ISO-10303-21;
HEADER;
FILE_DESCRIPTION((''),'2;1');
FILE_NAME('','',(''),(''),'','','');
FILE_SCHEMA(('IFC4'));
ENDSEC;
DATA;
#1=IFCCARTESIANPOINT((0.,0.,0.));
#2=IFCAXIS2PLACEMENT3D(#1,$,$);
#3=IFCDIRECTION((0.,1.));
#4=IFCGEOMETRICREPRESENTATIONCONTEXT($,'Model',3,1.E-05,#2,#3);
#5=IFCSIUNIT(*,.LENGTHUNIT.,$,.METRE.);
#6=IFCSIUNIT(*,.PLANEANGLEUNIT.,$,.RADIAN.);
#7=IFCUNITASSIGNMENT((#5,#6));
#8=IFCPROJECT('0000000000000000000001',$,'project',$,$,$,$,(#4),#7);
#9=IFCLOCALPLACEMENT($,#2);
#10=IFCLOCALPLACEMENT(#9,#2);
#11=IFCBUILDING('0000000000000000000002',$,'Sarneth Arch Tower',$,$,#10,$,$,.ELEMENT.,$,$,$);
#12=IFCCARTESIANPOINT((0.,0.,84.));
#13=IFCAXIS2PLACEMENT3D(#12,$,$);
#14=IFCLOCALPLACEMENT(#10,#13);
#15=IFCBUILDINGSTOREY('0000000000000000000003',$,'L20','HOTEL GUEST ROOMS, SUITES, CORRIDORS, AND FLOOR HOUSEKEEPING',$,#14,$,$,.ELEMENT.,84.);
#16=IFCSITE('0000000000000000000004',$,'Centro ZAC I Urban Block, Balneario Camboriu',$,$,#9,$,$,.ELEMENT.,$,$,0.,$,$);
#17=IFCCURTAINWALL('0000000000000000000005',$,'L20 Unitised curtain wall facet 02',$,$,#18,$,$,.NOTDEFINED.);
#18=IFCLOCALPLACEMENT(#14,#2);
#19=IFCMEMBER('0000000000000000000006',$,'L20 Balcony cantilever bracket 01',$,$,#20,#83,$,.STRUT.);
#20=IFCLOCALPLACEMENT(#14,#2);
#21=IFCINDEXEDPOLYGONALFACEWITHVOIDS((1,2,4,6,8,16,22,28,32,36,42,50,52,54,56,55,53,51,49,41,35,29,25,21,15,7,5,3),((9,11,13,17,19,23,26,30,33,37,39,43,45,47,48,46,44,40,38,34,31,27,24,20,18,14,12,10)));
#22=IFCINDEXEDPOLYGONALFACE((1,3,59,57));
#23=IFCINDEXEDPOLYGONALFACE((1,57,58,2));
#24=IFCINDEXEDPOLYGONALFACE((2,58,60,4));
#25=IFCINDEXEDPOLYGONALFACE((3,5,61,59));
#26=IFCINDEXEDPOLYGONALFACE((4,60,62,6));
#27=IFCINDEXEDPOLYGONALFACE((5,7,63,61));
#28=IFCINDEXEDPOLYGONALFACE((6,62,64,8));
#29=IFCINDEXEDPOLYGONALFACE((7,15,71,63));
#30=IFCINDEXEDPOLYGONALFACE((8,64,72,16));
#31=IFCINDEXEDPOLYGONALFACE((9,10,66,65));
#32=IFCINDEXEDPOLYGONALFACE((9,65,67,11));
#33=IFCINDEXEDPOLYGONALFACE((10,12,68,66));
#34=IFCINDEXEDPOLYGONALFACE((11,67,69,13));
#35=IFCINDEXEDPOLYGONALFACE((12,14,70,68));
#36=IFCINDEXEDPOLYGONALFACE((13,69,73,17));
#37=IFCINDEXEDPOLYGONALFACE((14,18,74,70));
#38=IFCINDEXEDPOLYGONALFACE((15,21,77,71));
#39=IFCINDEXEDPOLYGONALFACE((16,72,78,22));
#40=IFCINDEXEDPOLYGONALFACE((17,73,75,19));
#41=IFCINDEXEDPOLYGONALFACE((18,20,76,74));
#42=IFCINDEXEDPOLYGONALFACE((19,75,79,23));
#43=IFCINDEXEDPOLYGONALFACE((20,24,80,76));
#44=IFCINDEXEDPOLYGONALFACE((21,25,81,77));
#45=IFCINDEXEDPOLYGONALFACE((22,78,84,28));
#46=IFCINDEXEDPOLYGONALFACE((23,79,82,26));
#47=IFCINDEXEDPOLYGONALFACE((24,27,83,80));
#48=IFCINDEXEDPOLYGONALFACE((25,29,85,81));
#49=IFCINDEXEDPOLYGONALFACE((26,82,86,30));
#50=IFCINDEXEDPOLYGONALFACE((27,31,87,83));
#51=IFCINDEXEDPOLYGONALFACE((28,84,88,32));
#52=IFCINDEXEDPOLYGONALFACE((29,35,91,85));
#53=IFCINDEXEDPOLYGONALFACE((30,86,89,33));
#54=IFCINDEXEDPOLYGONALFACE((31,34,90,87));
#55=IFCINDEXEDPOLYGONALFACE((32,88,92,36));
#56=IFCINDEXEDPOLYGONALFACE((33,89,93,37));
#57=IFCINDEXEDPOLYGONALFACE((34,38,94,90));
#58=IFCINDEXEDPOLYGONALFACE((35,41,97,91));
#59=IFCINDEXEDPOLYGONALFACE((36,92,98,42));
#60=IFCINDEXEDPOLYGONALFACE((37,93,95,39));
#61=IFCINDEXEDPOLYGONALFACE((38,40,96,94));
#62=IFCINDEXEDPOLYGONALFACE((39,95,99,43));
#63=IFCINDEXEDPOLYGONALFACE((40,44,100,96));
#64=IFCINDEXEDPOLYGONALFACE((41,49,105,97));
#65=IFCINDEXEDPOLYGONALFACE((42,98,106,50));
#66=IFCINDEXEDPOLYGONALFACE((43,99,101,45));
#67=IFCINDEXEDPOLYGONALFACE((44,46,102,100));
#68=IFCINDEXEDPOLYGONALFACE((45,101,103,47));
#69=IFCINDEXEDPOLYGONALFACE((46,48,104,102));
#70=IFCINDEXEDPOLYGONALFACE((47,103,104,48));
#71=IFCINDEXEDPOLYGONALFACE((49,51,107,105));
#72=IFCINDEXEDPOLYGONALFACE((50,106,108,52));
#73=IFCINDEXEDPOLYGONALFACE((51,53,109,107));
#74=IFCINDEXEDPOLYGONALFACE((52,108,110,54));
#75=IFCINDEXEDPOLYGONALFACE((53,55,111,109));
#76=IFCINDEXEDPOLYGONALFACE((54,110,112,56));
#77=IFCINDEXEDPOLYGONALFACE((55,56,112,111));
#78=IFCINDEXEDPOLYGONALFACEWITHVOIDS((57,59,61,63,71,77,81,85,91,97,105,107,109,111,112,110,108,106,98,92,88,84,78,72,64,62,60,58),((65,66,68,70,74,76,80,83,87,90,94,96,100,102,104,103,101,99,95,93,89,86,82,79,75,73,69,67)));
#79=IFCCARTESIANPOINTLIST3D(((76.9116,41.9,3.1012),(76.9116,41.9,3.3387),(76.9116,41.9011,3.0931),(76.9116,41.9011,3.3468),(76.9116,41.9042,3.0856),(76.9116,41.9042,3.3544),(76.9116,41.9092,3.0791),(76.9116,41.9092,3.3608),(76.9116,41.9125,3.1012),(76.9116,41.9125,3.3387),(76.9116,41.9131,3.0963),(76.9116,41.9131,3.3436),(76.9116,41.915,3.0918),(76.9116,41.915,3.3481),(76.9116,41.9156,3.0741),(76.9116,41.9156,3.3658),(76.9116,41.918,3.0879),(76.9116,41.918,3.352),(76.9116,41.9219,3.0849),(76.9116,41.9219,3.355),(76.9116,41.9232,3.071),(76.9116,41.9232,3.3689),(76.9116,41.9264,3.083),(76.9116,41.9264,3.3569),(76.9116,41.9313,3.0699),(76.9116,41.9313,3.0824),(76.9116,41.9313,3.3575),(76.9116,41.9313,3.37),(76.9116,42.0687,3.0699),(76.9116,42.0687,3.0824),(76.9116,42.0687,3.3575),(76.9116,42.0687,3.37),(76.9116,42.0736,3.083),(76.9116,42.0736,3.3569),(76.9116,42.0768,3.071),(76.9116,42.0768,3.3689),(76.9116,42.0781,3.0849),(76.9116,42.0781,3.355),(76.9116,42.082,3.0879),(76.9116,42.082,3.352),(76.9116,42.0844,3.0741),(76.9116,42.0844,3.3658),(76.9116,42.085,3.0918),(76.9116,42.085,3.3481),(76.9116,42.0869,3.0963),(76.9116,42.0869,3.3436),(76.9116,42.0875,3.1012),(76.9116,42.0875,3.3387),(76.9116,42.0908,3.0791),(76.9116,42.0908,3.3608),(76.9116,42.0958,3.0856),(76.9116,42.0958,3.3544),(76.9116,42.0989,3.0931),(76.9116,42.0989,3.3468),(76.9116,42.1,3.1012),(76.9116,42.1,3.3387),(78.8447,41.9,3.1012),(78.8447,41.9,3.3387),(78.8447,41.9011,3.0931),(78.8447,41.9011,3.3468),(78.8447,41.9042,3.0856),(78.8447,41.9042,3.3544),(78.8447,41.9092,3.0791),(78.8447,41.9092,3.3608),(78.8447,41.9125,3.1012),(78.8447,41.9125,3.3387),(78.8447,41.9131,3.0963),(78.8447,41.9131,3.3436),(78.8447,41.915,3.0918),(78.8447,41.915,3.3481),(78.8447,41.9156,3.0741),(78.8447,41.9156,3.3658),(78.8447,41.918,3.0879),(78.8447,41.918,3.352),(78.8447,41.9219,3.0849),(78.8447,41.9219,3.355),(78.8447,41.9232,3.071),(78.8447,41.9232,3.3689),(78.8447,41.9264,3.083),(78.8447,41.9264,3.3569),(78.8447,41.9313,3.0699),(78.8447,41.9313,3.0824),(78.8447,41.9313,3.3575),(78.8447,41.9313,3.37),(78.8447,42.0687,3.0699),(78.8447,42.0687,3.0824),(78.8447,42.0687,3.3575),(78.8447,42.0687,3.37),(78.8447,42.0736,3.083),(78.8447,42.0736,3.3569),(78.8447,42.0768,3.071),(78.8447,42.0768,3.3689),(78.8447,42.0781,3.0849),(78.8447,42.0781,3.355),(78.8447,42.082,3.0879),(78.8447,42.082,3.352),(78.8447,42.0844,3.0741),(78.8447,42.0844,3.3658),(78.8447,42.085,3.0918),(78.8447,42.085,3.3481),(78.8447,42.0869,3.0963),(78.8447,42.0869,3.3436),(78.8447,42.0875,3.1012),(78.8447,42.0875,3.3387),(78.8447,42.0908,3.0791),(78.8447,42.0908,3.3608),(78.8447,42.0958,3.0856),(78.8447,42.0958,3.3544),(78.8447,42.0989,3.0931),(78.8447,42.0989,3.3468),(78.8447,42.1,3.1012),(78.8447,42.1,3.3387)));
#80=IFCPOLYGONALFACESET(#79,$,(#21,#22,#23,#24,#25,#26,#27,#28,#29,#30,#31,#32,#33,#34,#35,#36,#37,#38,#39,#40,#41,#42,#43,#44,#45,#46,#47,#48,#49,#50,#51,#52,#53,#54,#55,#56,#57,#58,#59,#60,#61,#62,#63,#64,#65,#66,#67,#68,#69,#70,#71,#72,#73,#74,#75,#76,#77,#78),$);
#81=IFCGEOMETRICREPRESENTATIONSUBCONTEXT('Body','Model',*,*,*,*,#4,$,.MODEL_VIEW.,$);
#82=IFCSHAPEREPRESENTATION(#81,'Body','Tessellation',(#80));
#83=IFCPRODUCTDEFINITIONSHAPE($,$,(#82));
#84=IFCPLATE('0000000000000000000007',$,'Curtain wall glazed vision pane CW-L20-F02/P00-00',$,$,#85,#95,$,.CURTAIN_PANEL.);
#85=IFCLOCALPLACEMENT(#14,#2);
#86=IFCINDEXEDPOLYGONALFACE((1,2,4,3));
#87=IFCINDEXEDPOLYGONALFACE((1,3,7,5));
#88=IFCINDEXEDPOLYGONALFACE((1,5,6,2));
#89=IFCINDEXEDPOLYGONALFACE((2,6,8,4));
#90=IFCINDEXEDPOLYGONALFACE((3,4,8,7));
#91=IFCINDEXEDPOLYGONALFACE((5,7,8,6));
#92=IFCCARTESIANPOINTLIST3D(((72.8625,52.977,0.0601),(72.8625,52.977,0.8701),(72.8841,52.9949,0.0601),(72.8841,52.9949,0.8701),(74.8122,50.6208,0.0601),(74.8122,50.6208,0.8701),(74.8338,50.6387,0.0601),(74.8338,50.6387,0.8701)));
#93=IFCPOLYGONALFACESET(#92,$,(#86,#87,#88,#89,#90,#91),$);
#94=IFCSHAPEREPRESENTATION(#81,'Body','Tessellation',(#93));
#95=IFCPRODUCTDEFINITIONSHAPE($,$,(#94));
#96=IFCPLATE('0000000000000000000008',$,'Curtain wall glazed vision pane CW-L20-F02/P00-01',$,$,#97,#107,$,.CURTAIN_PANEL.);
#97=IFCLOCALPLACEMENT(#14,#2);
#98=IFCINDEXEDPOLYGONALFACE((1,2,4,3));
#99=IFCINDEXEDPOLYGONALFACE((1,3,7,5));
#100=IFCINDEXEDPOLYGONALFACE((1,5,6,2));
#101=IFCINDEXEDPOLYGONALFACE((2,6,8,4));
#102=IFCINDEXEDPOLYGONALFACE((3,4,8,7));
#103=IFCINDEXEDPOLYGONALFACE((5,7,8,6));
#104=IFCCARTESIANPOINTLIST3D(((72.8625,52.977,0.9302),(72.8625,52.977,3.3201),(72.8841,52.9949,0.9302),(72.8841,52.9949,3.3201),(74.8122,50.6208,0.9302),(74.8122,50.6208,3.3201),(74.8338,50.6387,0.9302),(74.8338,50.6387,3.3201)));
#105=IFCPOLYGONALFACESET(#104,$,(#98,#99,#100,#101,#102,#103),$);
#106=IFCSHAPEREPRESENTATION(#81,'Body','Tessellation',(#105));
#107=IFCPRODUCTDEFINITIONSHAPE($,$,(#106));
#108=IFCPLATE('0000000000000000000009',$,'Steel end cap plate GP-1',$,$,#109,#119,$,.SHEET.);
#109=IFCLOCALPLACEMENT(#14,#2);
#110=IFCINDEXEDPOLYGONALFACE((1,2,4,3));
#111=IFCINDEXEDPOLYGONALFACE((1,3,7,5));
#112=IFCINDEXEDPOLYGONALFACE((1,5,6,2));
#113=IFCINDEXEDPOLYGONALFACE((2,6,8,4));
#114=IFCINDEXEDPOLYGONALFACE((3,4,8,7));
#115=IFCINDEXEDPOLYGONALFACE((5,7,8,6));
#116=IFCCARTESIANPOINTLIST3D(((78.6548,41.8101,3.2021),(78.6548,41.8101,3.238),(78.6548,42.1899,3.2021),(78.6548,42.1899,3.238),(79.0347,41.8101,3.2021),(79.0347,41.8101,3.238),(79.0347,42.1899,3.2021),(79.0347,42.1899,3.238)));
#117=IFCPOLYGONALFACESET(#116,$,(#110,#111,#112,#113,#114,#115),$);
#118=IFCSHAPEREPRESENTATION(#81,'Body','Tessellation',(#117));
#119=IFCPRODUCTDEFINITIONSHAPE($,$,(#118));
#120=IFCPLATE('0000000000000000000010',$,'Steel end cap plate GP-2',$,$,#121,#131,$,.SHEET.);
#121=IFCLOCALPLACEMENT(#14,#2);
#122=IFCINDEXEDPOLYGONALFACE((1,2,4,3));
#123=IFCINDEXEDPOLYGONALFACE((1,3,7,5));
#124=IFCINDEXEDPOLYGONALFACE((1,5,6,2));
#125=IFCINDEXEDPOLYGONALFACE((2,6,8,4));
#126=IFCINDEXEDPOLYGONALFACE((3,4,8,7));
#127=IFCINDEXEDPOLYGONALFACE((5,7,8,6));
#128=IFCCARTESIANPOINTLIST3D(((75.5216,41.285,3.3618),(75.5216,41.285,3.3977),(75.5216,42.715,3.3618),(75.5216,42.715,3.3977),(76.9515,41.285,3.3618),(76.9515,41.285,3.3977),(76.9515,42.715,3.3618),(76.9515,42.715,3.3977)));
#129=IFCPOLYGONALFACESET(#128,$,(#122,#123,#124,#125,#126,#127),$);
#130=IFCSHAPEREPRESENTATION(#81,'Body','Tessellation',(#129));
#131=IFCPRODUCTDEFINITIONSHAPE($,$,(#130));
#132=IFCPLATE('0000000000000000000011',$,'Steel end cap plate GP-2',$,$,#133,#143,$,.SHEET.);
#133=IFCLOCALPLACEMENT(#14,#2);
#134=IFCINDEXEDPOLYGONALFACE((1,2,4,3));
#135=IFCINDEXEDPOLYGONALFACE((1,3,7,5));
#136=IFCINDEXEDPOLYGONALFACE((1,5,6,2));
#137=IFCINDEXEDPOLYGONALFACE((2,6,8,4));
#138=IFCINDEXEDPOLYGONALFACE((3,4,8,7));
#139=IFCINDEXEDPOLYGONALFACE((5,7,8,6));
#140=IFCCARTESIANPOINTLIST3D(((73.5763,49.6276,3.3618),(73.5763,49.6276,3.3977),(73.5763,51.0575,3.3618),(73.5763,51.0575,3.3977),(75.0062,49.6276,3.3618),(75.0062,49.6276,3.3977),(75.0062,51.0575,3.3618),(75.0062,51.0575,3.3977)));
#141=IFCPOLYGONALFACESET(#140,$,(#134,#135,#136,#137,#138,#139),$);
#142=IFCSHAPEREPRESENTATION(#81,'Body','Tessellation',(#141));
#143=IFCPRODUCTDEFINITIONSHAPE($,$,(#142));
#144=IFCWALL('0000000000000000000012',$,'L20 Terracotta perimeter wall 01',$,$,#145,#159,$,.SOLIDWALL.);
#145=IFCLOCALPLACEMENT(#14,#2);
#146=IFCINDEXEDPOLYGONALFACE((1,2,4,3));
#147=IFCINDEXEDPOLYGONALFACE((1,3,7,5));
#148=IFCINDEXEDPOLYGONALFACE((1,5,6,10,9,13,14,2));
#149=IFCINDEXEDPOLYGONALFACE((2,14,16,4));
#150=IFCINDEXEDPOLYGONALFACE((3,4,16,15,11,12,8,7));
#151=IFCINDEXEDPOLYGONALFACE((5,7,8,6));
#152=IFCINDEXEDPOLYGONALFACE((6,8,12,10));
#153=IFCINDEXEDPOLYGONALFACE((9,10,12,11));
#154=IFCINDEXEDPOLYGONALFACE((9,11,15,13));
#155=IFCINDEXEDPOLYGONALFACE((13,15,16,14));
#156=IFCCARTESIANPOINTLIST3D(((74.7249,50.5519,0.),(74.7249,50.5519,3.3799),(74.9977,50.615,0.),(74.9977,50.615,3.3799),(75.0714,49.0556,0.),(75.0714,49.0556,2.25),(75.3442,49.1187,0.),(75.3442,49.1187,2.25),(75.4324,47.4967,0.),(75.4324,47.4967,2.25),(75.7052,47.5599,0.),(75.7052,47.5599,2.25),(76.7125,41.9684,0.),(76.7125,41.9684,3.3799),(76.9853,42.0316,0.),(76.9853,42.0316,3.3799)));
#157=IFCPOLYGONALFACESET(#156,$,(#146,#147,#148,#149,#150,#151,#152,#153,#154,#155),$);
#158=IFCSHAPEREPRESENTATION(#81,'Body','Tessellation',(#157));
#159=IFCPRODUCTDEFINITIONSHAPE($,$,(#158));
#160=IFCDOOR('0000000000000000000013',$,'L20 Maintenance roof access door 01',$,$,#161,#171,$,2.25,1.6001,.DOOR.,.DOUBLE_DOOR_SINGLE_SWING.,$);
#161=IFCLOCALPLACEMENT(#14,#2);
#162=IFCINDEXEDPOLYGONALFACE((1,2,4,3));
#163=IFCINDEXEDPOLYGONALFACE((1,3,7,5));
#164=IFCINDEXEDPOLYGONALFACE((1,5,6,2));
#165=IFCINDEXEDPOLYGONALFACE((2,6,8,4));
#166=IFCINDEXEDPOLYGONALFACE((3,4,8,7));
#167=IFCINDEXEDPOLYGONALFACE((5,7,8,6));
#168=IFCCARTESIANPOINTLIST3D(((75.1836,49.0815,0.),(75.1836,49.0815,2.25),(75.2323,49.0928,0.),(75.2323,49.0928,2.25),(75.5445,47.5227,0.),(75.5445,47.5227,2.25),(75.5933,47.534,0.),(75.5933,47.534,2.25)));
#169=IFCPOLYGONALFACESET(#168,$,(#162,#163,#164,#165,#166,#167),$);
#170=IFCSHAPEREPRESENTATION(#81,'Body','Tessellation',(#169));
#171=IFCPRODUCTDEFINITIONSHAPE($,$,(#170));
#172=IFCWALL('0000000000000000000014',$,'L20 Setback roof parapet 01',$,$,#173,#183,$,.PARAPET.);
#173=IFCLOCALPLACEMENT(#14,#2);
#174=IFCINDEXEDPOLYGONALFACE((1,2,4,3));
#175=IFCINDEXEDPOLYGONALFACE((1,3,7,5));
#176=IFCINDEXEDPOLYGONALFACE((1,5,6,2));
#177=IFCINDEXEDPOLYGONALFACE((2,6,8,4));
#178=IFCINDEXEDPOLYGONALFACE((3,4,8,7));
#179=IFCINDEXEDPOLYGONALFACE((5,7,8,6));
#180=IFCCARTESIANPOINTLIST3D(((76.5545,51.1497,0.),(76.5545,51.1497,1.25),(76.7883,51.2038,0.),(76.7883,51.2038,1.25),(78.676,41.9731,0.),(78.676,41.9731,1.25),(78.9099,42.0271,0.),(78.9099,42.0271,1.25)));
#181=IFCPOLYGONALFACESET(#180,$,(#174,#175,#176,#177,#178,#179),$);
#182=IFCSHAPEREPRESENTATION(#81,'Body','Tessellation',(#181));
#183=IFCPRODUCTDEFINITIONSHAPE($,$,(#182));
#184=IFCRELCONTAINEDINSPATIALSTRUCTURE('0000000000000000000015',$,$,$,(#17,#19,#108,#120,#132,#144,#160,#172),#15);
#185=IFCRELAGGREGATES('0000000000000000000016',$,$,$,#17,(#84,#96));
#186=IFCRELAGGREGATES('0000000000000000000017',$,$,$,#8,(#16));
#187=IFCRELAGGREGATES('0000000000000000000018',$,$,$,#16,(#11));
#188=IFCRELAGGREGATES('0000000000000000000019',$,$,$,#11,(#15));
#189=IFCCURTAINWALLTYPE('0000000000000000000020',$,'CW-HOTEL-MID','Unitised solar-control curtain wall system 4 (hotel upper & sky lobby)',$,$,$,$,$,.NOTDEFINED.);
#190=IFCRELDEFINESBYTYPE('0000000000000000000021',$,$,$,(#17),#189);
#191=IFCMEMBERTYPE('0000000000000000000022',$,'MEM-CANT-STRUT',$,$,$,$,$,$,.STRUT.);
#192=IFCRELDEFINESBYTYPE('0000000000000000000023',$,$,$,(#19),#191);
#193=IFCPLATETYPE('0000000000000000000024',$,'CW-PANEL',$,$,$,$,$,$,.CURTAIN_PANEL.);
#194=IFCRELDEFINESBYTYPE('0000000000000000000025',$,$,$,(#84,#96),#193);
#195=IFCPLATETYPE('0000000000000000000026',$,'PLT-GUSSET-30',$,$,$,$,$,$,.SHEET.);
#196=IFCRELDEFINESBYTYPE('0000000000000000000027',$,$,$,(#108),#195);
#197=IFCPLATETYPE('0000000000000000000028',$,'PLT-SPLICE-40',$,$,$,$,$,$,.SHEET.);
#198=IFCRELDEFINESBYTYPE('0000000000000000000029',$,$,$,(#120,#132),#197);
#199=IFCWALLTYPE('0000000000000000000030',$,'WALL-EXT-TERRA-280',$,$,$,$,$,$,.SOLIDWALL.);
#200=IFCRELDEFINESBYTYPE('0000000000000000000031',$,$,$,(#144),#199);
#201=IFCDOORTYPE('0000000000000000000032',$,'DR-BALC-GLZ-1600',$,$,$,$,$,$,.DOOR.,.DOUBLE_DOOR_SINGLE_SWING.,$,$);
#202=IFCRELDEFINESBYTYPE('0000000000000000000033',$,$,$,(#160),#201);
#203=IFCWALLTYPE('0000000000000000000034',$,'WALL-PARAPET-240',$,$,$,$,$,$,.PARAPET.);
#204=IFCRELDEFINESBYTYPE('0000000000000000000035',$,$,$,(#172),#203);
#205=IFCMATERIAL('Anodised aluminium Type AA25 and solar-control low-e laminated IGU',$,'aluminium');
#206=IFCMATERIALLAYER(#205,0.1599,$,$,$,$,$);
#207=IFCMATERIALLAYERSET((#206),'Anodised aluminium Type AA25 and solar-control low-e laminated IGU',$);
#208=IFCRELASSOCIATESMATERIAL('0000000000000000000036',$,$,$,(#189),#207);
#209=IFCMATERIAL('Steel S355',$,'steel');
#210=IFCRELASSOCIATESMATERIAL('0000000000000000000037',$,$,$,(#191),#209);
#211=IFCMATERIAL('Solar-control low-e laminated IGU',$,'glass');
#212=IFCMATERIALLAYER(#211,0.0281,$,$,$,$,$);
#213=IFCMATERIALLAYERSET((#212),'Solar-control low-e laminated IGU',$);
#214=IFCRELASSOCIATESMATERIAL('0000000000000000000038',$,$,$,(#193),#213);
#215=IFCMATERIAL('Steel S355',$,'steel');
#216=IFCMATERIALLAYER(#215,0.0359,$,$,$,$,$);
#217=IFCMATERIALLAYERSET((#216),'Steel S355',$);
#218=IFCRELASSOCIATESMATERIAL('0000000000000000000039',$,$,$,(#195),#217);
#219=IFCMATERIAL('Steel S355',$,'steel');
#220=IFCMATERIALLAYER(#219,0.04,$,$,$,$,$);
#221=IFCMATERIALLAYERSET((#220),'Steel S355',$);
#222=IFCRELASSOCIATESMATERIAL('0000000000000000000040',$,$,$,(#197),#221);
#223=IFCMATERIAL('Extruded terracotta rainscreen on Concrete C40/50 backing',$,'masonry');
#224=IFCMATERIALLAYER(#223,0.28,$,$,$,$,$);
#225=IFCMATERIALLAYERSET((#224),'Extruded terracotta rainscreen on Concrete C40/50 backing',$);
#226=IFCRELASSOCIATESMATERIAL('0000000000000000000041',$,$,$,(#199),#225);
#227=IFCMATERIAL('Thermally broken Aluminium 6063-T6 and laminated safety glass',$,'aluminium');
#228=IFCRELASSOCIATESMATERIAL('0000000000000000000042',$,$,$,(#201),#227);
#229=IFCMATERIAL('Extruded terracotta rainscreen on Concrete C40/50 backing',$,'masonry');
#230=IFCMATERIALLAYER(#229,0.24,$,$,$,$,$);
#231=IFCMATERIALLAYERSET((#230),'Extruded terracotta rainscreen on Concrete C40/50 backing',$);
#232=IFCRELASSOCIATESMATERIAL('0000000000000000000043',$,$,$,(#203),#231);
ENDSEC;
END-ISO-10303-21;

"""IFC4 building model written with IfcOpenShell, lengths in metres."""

from ifc_helpers import new_model, si_unit, direction, frame, frame_2d, origin, origin_2d, place, context, subcontext, project, spatial, rectangle, hollow_rectangle, extrude, material, layer, layer_set, material_profile, profile_set, type_object, element, fill, aggregate, save


model = new_model("IFC4")

# Units and contexts
model_context = context("Model", 3, precision=1e-05, world=origin(), true_north=direction((0.0, 1.0)))
body_context = subcontext(model_context, "Body", "Model", "MODEL_VIEW")
ifc_project = project(units=[si_unit("LENGTHUNIT", "METRE"), si_unit("PLANEANGLEUNIT", "RADIAN")], contexts=[model_context])

# Site, building, storey
site_placement = place(None, origin())
site = spatial("IfcSite", under=ifc_project, at=site_placement, Name="Centro ZAC I Urban Block, Balneario Camboriu", CompositionType="ELEMENT", RefElevation=0.0)
building_placement = place(site_placement, origin())
building = spatial("IfcBuilding", under=site, at=building_placement, Name="Sarneth Arch Tower", CompositionType="ELEMENT")
storey_placement = place(building_placement, frame((0.0, 0.0, 84.0)))
storey = spatial("IfcBuildingStorey", under=building, at=storey_placement, Name="L20", Description="HOTEL GUEST ROOMS, SUITES, CORRIDORS, AND FLOOR HOUSEKEEPING", CompositionType="ELEMENT", Elevation=84.0)

# Curtain wall
ifc_material_1 = material(Name="Anodised aluminium Type AA25 and solar-control low-e laminated IGU", Category="aluminium")
ifc_layer_1 = layer(ifc_material_1, 0.1599)
ifc_layer_set_1 = layer_set([ifc_layer_1], Name="Anodised aluminium Type AA25 and solar-control low-e laminated IGU")
curtain_wall_type = type_object("IfcCurtainWallType", Name="CW-HOTEL-MID", Description="Unitised solar-control curtain wall system 4 (hotel upper & sky lobby)", PredefinedType="NOTDEFINED", material=ifc_layer_set_1)
curtain_wall_placement = place(storey_placement, origin())
curtain_wall = element("IfcCurtainWall", 1, at=curtain_wall_placement, inside=storey, type_object=curtain_wall_type, Name="L20 Unitised curtain wall facet 02", PredefinedType="NOTDEFINED")

# Member
ifc_material_2 = material(Name="Steel S355", Category="steel")
ifc_material_profile_1 = material_profile(ifc_material_2, hollow_rectangle(XDim=0.2, YDim=0.3, WallThickness=0.0125, InnerFilletRadius=0.0188, OuterFilletRadius=0.0312, at=origin_2d()), Name="RHS300x200x12.5")
ifc_profile_set_1 = profile_set([ifc_material_profile_1], Name="Steel S355")
member_type_1 = type_object("IfcMemberType", Name="MEM-CANT-STRUT", PredefinedType="STRUT", material=ifc_profile_set_1)
member_1_placement = place(storey_placement, frame((76.9116, 42.0, 3.22), z_axis=(1.0, 0.0, 0.0), x_axis=(0.0, 1.0, 0.0)))
element("IfcMember", 2, at=member_1_placement, inside=storey, type_object=member_type_1, Name="L20 Balcony cantilever bracket 01", PredefinedType="STRUT", context=body_context, shape_type="SweptSolid", body=[
    extrude(hollow_rectangle(XDim=0.2, YDim=0.3, WallThickness=0.0125, InnerFilletRadius=0.0188, OuterFilletRadius=0.0312, at=origin_2d()), origin(), (0.0, 0.0, 1.0), 1.9331),
])

# Plates
ifc_material_3 = material(Name="Solar-control low-e laminated IGU", Category="glass")
ifc_layer_2 = layer(ifc_material_3, 0.0281)
ifc_layer_set_2 = layer_set([ifc_layer_2], Name="Solar-control low-e laminated IGU")
plate_type_1 = type_object("IfcPlateType", Name="CW-PANEL", PredefinedType="CURTAIN_PANEL", material=ifc_layer_set_2)
plate_1_placement = place(storey_placement, frame((73.8481, 51.8079, 0.0601), z_axis=(0.0, 0.0, 1.0), x_axis=(-0.637515, 0.770438, 0.0)))
plate_1 = element("IfcPlate", 3, at=plate_1_placement, type_object=plate_type_1, Name="Curtain wall glazed vision pane CW-L20-F02/P00-00", PredefinedType="CURTAIN_PANEL", context=body_context, shape_type="SweptSolid", body=[
    extrude(rectangle(XDim=3.0583, YDim=0.0281, at=origin_2d()), origin(), (0.0, 0.0, 1.0), 0.8101),
])
plate_2_placement = place(storey_placement, frame((73.8481, 51.8079, 0.9302), z_axis=(0.0, 0.0, 1.0), x_axis=(-0.637515, 0.770438, 0.0)))
plate_2 = element("IfcPlate", 4, at=plate_2_placement, type_object=plate_type_1, Name="Curtain wall glazed vision pane CW-L20-F02/P00-01", PredefinedType="CURTAIN_PANEL", context=body_context, shape_type="SweptSolid", body=[
    extrude(rectangle(XDim=3.0583, YDim=0.0281, at=origin_2d()), origin(), (0.0, 0.0, 1.0), 2.3899),
])
aggregate(curtain_wall, [plate_1, plate_2])

# Plates
ifc_material_4 = material(Name="Steel S355", Category="steel")
ifc_layer_3 = layer(ifc_material_4, 0.0359)
ifc_layer_set_3 = layer_set([ifc_layer_3], Name="Steel S355")
plate_type_2 = type_object("IfcPlateType", Name="PLT-GUSSET-30", PredefinedType="SHEET", material=ifc_layer_set_3)
plate_3_placement = place(storey_placement, frame((78.8447, 42.0, 3.2021), z_axis=(0.0, 0.0, 1.0), x_axis=(1.0, 0.0, 0.0)))
element("IfcPlate", 5, at=plate_3_placement, inside=storey, type_object=plate_type_2, Name="Steel end cap plate GP-1", PredefinedType="SHEET", context=body_context, shape_type="SweptSolid", body=[
    extrude(rectangle(XDim=0.3799, YDim=0.3799, at=origin_2d()), origin(), (0.0, 0.0, 1.0), 0.0359),
])
ifc_material_5 = material(Name="Steel S355", Category="steel")
ifc_layer_4 = layer(ifc_material_5, 0.04)
ifc_layer_set_4 = layer_set([ifc_layer_4], Name="Steel S355")
plate_type_3 = type_object("IfcPlateType", Name="PLT-SPLICE-40", PredefinedType="SHEET", material=ifc_layer_set_4)
for number, where, z_axis, x_axis, name in (
    (6, (76.2366, 42.0, 3.3618), (0.0, 0.0, 1.0), (1.0, 0.0, 0.0), "Steel end cap plate GP-2"),
    (7, (74.2913, 50.3425, 3.3618), (0.0, 0.0, 1.0), (1.0, 0.0, 0.0), "Steel end cap plate GP-2"),
):
    element("IfcPlate", number, at=place(storey_placement, frame(where, z_axis=z_axis, x_axis=x_axis)), inside=storey, type_object=plate_type_3, Name=name, PredefinedType="SHEET", context=body_context, shape_type="SweptSolid", body=[
        extrude(rectangle(XDim=1.4299, YDim=1.4299, at=origin_2d()), origin(), (0.0, 0.0, 1.0), 0.0359),
    ])

# Wall, opening, door
ifc_material_6 = material(Name="Extruded terracotta rainscreen on Concrete C40/50 backing", Category="masonry")
ifc_layer_5 = layer(ifc_material_6, 0.28)
ifc_layer_set_5 = layer_set([ifc_layer_5], Name="Extruded terracotta rainscreen on Concrete C40/50 backing")
wall_type_1 = type_object("IfcWallType", Name="WALL-EXT-TERRA-280", PredefinedType="SOLIDWALL", material=ifc_layer_set_5)
wall_1_placement = place(storey_placement, frame((76.8489, 42.0, 0.0), z_axis=(0.0, 0.0, 1.0), x_axis=(-0.225586, 0.974223, 0.0)))
wall_1 = element("IfcWall", 8, at=wall_1_placement, inside=storey, type_object=wall_type_1, Name="L20 Terracotta perimeter wall 01", PredefinedType="SOLIDWALL", context=body_context, shape_type="SweptSolid", body=[
    extrude(rectangle(XDim=8.8105, YDim=0.28, at=frame_2d((4.4053, 0.0))), origin(), (0.0, 0.0, 1.0), 3.3799),
])
opening_placement = place(wall_1_placement, frame((5.6746, 0.0, 0.0)))
opening = element("IfcOpeningElement", 9, at=opening_placement, cuts=wall_1, PredefinedType="OPENING", context=body_context, shape_type="SweptSolid", body=[
    extrude(rectangle(XDim=1.6001, YDim=2.25, at=frame_2d((0.8, 1.125))), frame((0.0, 0.1499, 0.0), z_axis=(0.0, -1.0, 0.0), x_axis=(1.0, 0.0, 0.0)), (0.0, 0.0, 1.0), 0.3),
])
ifc_material_7 = material(Name="Thermally broken Aluminium 6063-T6 and laminated safety glass", Category="aluminium")
door_type = type_object("IfcDoorType", Name="DR-BALC-GLZ-1600", OperationType="DOUBLE_DOOR_SINGLE_SWING", PredefinedType="DOOR", material=ifc_material_7)
door_placement = place(opening_placement, origin())
door = element("IfcDoor", 10, at=door_placement, inside=storey, type_object=door_type, Name="L20 Maintenance roof access door 01", OperationType="DOUBLE_DOOR_SINGLE_SWING", OverallHeight=2.25, OverallWidth=1.6001, PredefinedType="DOOR", context=body_context, shape_type="SweptSolid", body=[
    extrude(rectangle(XDim=1.6001, YDim=2.25, at=frame_2d((0.8, 1.125))), frame((0.0, 0.0249, 0.0), z_axis=(0.0, -1.0, 0.0), x_axis=(1.0, 0.0, 0.0)), (0.0, 0.0, 1.0), 0.05),
])
fill(opening, door)

# Wall
ifc_material_8 = material(Name="Extruded terracotta rainscreen on Concrete C40/50 backing", Category="masonry")
ifc_layer_6 = layer(ifc_material_8, 0.24)
ifc_layer_set_6 = layer_set([ifc_layer_6], Name="Extruded terracotta rainscreen on Concrete C40/50 backing")
wall_type_2 = type_object("IfcWallType", Name="WALL-PARAPET-240", PredefinedType="PARAPET", material=ifc_layer_set_6)
wall_2_placement = place(storey_placement, frame((78.793, 42.0, 0.0), z_axis=(0.0, 0.0, 1.0), x_axis=(-0.225249, 0.974301, 0.0)))
element("IfcWall", 11, at=wall_2_placement, inside=storey, type_object=wall_type_2, Name="L20 Setback roof parapet 01", PredefinedType="PARAPET", context=body_context, shape_type="SweptSolid", body=[
    extrude(rectangle(XDim=9.4187, YDim=0.24, at=frame_2d((4.7095, 0.0))), origin(), (0.0, 0.0, 1.0), 1.25),
])

save(model, "model.ifc")
